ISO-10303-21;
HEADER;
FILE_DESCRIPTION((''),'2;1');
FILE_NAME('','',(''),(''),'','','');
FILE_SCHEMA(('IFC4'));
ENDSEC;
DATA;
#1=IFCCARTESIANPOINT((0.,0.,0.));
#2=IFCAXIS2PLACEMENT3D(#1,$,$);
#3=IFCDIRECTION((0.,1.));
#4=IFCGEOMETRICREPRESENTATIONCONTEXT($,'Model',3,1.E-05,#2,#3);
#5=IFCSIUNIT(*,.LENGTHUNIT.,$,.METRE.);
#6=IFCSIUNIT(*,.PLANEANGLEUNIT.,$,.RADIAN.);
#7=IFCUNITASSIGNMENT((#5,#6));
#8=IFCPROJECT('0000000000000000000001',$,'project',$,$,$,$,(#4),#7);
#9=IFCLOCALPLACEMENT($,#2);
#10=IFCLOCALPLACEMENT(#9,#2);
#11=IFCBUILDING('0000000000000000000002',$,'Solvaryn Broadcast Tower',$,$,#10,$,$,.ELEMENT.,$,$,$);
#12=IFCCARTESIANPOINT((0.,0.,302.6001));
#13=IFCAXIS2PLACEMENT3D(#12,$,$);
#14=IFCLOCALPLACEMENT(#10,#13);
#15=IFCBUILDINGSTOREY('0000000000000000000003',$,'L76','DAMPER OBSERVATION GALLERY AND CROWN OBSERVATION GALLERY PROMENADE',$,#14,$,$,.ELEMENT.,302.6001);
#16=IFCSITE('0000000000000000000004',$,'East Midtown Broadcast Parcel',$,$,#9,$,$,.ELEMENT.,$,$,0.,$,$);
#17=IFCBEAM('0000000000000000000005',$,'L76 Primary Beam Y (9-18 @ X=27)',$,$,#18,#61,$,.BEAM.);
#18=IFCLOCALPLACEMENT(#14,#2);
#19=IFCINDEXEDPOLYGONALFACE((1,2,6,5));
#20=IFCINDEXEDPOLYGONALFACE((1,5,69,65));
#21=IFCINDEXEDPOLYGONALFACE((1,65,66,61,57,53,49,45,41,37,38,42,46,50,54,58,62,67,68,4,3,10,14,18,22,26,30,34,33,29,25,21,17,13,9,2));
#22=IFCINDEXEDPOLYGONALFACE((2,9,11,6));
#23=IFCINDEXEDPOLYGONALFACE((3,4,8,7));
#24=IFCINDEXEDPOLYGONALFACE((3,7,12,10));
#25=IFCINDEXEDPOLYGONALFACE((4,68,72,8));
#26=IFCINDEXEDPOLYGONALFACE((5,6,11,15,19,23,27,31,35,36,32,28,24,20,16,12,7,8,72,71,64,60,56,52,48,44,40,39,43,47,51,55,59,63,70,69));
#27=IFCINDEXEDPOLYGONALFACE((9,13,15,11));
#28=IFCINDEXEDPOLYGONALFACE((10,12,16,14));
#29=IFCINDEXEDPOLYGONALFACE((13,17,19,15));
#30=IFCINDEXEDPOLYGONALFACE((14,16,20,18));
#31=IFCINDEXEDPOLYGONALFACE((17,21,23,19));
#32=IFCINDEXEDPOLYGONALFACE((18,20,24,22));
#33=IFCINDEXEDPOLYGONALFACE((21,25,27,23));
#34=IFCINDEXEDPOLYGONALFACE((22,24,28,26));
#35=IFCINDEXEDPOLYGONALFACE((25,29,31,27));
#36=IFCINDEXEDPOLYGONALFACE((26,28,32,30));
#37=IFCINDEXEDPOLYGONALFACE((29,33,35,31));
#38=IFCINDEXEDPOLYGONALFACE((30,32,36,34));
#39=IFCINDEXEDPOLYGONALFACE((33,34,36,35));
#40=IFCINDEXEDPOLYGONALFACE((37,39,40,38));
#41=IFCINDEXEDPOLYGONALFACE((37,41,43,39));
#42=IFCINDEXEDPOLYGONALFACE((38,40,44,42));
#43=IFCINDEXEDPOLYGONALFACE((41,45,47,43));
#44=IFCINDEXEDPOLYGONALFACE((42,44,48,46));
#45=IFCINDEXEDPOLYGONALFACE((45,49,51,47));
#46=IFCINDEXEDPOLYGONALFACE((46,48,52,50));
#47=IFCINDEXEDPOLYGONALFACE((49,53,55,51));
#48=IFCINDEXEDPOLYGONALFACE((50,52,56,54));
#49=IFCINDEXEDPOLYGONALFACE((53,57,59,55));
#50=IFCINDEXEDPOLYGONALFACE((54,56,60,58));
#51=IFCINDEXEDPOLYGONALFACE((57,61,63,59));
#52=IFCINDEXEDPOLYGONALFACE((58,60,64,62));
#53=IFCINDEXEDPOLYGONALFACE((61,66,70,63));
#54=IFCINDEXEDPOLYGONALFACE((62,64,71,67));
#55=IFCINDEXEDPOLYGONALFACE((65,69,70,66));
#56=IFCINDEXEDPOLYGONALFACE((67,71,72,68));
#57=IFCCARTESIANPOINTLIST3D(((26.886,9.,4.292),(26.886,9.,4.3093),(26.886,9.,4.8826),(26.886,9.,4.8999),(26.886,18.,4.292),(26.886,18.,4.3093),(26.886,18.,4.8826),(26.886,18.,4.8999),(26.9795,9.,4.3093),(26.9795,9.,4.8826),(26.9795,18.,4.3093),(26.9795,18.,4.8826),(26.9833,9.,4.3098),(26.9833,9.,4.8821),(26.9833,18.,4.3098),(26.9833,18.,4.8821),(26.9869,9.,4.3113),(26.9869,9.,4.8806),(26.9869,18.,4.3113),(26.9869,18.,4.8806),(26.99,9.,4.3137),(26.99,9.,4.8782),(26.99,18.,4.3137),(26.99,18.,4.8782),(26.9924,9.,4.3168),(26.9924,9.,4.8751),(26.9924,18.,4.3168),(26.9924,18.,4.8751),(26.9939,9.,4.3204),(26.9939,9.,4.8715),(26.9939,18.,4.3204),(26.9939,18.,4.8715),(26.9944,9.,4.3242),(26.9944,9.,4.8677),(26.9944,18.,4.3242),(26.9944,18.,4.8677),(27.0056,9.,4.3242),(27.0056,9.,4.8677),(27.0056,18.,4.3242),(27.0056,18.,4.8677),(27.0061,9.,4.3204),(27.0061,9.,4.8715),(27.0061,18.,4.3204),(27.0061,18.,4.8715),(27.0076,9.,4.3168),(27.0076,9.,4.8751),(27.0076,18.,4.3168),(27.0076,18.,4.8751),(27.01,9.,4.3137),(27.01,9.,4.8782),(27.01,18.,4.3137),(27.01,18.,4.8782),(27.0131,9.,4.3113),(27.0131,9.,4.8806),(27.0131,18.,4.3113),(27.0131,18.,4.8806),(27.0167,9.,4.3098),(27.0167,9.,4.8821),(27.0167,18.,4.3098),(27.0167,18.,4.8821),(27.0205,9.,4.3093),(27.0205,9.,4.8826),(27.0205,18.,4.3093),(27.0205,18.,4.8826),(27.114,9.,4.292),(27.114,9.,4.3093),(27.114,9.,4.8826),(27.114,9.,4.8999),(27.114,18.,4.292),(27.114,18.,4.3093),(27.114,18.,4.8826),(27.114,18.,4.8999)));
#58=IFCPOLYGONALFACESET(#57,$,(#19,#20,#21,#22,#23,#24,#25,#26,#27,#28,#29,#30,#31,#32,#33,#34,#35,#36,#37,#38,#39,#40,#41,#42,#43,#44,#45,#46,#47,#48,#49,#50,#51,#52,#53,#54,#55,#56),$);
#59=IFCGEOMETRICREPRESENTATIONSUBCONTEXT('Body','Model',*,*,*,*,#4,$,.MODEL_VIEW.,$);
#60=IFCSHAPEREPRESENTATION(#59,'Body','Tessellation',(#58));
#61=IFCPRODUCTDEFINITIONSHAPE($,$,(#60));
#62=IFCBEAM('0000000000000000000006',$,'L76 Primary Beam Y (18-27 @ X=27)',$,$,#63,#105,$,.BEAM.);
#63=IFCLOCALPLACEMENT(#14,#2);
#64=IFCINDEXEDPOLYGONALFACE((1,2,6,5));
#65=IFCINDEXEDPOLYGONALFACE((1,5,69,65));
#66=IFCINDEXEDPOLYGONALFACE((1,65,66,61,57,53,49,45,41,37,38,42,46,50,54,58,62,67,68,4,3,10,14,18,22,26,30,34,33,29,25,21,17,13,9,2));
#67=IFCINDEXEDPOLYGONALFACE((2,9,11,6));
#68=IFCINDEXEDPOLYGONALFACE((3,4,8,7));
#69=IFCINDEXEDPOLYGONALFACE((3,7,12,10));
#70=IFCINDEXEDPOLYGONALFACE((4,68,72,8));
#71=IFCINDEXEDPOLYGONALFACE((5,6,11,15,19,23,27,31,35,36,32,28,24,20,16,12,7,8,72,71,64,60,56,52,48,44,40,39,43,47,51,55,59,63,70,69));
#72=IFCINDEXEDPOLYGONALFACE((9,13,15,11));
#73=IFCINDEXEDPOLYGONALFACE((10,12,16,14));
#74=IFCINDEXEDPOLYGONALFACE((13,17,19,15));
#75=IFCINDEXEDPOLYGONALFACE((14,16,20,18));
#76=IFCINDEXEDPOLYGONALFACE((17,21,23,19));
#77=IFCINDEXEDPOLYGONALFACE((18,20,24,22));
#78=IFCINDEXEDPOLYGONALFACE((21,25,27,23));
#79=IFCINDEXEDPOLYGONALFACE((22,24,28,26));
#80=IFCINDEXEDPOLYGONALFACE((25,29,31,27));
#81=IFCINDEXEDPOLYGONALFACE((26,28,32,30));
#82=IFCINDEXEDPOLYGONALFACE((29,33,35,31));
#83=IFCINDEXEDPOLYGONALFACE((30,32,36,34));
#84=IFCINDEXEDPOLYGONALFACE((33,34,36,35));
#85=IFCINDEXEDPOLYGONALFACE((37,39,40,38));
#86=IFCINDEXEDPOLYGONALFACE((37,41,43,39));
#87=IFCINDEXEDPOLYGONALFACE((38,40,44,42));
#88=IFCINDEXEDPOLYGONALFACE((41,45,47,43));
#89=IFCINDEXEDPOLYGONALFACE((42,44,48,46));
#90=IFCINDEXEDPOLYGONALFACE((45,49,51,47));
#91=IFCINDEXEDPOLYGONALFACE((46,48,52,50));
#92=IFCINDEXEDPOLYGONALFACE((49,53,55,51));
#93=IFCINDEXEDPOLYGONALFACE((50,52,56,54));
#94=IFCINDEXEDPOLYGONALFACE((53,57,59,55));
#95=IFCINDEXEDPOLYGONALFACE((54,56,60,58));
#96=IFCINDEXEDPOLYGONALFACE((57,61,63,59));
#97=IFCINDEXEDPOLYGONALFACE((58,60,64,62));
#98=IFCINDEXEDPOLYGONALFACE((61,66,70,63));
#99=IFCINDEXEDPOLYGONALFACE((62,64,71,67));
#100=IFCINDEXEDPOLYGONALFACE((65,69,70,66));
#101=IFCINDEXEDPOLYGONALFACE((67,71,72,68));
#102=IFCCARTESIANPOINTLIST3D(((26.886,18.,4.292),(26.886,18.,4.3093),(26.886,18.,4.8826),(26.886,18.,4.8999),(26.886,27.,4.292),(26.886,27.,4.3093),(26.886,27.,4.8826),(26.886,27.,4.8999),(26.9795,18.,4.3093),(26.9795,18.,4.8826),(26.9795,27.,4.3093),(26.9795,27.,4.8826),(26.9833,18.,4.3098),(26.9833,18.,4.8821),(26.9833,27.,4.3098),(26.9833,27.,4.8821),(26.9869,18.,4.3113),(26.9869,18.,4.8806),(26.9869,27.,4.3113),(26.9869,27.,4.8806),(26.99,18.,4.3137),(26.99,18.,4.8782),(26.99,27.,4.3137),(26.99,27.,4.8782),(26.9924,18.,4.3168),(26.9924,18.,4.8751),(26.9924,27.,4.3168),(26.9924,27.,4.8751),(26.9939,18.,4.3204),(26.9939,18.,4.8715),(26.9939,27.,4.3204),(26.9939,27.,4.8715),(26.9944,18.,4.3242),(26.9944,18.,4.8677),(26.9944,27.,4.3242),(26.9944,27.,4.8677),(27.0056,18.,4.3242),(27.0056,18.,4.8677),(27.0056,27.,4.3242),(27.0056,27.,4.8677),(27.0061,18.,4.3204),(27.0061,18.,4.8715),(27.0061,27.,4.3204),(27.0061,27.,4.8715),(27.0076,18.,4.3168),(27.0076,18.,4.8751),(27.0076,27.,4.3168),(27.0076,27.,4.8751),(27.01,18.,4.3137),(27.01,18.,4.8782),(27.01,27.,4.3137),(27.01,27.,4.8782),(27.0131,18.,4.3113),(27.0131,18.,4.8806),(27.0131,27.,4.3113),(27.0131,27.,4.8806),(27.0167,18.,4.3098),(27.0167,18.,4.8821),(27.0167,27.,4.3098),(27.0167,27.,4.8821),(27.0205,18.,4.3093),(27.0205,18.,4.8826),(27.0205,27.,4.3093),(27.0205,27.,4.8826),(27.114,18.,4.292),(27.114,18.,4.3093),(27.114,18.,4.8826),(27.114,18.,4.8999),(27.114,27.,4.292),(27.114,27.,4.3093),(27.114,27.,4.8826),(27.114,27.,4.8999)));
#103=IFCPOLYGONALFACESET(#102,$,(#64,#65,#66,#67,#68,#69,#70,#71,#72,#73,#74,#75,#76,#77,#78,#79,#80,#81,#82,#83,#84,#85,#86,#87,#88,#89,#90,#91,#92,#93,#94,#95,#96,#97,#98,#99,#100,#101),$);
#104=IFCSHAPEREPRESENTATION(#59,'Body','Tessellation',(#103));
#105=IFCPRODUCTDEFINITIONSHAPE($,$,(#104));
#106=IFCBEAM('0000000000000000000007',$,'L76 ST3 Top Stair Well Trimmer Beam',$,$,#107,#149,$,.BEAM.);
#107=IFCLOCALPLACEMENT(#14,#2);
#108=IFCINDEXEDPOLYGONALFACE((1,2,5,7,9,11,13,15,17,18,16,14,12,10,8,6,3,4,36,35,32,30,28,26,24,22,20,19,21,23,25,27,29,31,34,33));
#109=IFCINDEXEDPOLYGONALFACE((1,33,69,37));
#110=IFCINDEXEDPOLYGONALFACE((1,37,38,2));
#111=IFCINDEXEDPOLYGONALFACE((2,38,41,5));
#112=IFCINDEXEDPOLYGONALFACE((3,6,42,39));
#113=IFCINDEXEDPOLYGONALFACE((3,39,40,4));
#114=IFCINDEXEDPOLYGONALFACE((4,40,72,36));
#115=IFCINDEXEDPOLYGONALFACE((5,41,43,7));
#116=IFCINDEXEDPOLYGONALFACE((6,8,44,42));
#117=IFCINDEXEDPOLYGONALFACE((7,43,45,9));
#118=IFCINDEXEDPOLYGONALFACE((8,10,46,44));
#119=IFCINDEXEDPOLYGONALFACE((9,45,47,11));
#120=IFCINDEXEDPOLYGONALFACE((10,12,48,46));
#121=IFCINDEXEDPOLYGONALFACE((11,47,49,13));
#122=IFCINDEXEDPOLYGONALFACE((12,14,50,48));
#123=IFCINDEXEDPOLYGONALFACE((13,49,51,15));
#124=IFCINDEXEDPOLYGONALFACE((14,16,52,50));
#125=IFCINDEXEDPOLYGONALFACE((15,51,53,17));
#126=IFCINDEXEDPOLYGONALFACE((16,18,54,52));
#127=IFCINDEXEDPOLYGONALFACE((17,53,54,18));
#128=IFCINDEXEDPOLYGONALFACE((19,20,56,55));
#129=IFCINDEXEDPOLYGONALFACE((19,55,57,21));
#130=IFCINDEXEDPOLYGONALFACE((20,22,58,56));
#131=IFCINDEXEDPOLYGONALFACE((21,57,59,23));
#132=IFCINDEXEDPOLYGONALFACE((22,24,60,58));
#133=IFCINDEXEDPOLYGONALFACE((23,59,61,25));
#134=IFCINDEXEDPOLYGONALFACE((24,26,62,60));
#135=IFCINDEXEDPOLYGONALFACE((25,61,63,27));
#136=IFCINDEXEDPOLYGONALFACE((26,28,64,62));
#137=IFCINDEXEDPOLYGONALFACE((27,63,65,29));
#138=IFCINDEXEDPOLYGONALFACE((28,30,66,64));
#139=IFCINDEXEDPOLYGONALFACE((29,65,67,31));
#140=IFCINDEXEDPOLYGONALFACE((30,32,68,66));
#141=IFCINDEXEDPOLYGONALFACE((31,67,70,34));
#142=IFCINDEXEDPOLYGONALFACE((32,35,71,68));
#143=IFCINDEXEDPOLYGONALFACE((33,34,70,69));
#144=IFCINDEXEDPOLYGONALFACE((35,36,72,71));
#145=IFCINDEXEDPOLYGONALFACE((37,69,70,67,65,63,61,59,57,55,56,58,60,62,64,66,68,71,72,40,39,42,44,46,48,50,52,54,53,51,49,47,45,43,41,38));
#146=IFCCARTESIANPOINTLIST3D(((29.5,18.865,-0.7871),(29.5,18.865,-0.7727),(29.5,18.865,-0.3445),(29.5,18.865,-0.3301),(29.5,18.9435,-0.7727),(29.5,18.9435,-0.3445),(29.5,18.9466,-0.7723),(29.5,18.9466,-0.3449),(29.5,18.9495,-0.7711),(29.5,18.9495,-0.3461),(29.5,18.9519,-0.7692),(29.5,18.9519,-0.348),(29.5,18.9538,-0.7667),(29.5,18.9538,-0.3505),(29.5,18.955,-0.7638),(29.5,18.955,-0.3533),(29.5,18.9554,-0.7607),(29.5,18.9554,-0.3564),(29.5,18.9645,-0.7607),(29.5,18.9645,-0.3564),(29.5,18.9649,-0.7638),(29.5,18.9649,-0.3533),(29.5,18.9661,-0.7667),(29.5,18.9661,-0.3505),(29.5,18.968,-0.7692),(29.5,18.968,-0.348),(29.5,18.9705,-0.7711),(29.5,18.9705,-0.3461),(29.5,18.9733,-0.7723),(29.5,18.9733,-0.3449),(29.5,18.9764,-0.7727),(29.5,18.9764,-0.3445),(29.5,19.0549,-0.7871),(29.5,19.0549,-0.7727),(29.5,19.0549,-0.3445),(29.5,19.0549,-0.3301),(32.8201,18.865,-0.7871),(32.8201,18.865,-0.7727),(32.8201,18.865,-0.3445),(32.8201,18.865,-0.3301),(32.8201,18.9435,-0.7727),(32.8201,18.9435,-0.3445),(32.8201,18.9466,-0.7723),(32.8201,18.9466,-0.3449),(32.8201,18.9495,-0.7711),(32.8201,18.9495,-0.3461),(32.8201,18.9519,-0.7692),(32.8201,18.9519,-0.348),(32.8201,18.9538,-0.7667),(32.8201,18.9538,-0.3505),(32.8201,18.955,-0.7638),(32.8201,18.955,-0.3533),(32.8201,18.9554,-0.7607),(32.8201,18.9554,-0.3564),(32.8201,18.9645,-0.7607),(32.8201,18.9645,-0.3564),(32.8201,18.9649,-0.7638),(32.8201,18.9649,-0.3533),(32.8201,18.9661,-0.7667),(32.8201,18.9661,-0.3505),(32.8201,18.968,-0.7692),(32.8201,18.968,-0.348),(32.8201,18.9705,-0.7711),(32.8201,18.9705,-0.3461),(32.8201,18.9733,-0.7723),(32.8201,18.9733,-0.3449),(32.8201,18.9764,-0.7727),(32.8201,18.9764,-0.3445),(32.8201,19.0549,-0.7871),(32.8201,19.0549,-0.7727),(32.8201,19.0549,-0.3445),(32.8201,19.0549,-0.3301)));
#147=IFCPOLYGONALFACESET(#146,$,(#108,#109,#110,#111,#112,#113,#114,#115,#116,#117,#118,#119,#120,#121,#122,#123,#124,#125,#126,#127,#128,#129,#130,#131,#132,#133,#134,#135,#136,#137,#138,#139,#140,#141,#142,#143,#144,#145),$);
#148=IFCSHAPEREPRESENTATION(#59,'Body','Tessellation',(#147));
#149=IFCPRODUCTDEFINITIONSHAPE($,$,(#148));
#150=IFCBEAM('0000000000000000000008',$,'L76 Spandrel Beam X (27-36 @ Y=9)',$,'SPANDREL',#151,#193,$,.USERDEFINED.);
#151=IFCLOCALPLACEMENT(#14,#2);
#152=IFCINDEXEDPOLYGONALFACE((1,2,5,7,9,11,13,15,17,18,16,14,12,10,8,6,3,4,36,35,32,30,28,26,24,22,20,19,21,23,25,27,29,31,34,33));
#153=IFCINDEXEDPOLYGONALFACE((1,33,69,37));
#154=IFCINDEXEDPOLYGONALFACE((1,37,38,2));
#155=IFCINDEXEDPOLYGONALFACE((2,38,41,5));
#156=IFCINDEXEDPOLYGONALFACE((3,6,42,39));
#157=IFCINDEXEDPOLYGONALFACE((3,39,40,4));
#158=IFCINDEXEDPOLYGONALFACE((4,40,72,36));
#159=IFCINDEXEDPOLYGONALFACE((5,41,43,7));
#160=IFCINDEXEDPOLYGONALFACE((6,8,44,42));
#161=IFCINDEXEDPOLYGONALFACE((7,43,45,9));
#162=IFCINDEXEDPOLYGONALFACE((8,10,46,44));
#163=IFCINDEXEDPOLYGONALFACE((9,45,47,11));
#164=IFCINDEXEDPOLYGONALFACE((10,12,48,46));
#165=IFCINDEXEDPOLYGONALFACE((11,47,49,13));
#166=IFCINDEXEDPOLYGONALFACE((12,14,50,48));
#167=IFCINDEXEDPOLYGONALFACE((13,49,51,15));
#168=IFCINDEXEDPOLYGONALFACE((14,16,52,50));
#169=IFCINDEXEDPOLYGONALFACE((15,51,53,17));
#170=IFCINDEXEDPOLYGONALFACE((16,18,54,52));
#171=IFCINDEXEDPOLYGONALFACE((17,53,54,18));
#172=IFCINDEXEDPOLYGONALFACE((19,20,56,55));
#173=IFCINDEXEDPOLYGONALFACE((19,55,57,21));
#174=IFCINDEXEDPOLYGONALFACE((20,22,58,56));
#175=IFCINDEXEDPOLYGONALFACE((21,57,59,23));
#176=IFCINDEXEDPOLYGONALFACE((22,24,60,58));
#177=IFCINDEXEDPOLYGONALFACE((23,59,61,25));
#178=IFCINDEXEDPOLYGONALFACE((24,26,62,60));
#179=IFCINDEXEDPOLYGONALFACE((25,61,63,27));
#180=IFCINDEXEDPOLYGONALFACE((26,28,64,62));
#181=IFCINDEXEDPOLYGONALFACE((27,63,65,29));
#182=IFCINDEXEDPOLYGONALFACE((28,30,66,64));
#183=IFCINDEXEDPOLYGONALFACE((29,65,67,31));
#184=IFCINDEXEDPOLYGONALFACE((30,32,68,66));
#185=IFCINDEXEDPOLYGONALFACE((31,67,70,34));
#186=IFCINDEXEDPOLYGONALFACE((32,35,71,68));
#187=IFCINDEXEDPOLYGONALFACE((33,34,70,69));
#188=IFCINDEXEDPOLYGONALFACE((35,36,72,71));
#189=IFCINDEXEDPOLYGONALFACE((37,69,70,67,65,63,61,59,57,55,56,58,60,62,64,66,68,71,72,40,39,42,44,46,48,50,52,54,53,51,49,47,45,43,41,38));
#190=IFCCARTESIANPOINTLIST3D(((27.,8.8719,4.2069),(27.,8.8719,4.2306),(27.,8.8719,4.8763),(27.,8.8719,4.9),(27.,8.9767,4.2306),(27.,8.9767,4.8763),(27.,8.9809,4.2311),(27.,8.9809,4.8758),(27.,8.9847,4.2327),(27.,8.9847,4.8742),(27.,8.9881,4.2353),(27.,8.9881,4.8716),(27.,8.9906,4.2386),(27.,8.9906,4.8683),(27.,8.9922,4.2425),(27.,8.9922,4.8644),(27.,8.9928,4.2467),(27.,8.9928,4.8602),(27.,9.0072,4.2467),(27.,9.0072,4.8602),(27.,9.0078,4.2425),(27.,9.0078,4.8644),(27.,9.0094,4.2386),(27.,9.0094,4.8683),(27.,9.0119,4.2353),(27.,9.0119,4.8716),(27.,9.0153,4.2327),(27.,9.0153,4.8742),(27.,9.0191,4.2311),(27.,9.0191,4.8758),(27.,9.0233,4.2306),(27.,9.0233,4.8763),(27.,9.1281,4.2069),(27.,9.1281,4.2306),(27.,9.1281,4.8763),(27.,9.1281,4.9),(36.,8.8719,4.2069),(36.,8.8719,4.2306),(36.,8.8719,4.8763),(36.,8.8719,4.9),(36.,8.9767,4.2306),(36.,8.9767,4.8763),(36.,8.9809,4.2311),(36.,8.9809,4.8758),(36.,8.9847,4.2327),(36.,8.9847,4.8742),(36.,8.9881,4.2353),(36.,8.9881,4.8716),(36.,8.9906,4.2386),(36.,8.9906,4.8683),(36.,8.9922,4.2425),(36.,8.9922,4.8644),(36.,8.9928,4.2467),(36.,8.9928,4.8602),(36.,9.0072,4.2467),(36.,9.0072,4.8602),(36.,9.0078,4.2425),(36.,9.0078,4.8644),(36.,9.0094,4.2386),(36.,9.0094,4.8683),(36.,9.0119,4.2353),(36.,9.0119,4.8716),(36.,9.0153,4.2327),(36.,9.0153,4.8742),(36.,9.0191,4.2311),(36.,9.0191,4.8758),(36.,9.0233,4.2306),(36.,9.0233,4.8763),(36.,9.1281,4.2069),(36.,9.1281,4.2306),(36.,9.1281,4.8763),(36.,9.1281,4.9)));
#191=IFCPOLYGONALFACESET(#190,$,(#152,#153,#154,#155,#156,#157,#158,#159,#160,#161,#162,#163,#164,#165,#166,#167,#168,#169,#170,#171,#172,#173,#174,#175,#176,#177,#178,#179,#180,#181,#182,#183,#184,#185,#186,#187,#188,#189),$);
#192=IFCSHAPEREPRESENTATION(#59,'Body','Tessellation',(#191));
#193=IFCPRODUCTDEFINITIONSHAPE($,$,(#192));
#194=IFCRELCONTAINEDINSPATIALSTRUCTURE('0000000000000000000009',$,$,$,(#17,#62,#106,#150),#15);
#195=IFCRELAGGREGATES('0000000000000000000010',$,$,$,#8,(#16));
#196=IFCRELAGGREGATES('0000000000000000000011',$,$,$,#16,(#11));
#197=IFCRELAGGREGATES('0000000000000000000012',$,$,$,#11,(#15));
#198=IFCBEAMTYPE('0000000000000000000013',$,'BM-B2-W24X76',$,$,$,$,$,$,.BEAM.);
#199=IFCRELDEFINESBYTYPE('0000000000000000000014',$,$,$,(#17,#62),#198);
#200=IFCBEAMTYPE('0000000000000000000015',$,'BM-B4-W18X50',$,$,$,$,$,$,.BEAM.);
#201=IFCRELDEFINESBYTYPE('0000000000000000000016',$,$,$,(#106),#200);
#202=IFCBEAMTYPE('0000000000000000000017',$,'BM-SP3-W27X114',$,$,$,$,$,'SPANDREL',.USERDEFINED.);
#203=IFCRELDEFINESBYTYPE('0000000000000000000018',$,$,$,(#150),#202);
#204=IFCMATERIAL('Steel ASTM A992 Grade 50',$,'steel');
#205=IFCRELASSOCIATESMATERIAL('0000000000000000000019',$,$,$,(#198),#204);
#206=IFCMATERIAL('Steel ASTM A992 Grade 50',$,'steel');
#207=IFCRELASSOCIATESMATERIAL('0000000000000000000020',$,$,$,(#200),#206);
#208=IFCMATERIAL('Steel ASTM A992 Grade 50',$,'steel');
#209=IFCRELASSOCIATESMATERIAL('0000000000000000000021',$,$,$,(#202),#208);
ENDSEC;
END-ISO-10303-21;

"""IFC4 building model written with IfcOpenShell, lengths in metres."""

from ifc_helpers import new_model, si_unit, direction, frame, origin, origin_2d, place, context, subcontext, project, spatial, i_section, extrude, material, material_profile, profile_set, type_object, element, save


model = new_model("IFC4")

# Units and contexts
model_context = context("Model", 3, precision=1e-05, world=origin(), true_north=direction((0.0, 1.0)))
body_context = subcontext(model_context, "Body", "Model", "MODEL_VIEW")
ifc_project = project(units=[si_unit("LENGTHUNIT", "METRE"), si_unit("PLANEANGLEUNIT", "RADIAN")], contexts=[model_context])

# Site, building, storey
site_placement = place(None, origin())
site = spatial("IfcSite", under=ifc_project, at=site_placement, Name="East Midtown Broadcast Parcel", CompositionType="ELEMENT", RefElevation=0.0)
building_placement = place(site_placement, origin())
building = spatial("IfcBuilding", under=site, at=building_placement, Name="Solvaryn Broadcast Tower", CompositionType="ELEMENT")
storey_placement = place(building_placement, frame((0.0, 0.0, 302.6001)))
storey = spatial("IfcBuildingStorey", under=building, at=storey_placement, Name="L76", Description="DAMPER OBSERVATION GALLERY AND CROWN OBSERVATION GALLERY PROMENADE", CompositionType="ELEMENT", Elevation=302.6001)

# Beams
ifc_material_1 = material(Name="Steel ASTM A992 Grade 50", Category="steel")
ifc_material_profile_1 = material_profile(ifc_material_1, i_section(OverallWidth=0.228, OverallDepth=0.6079, WebThickness=0.0112, FlangeThickness=0.0173, FilletRadius=0.0149, at=origin_2d()))
ifc_profile_set_1 = profile_set([ifc_material_profile_1], Name="Steel ASTM A992 Grade 50")
beam_type_1 = type_object("IfcBeamType", Name="BM-B2-W24X76", PredefinedType="BEAM", material=ifc_profile_set_1)
for number, where, z_axis, x_axis, name in (
    (1, (27.0, 9.0, 4.5959), (0.0, 1.0, 0.0), (-1.0, 0.0, 0.0), "L76 Primary Beam Y (9-18 @ X=27)"),
    (2, (27.0, 18.0, 4.5959), (0.0, 1.0, 0.0), (-1.0, 0.0, 0.0), "L76 Primary Beam Y (18-27 @ X=27)"),
):
    element("IfcBeam", number, at=place(storey_placement, frame(where, z_axis=z_axis, x_axis=x_axis)), inside=storey, type_object=beam_type_1, Name=name, PredefinedType="BEAM", context=body_context, shape_type="SweptSolid", body=[
        extrude(i_section(OverallWidth=0.228, OverallDepth=0.6079, WebThickness=0.0112, FlangeThickness=0.0173, FilletRadius=0.0149, at=origin_2d()), origin(), (0.0, 0.0, 1.0), 9.0),
    ])
ifc_material_2 = material(Name="Steel ASTM A992 Grade 50", Category="steel")
ifc_material_profile_2 = material_profile(ifc_material_2, i_section(OverallWidth=0.1899, OverallDepth=0.457, WebThickness=0.009, FlangeThickness=0.0144, FilletRadius=0.012, at=origin_2d()))
ifc_profile_set_2 = profile_set([ifc_material_profile_2], Name="Steel ASTM A992 Grade 50")
beam_type_2 = type_object("IfcBeamType", Name="BM-B4-W18X50", PredefinedType="BEAM", material=ifc_profile_set_2)
beam_1_placement = place(storey_placement, frame((29.5, 18.96, -0.5586), z_axis=(1.0, 0.0, 0.0), x_axis=(0.0, 1.0, 0.0)))
element("IfcBeam", 3, at=beam_1_placement, inside=storey, type_object=beam_type_2, Name="L76 ST3 Top Stair Well Trimmer Beam", PredefinedType="BEAM", context=body_context, shape_type="SweptSolid", body=[
    extrude(i_section(OverallWidth=0.1899, OverallDepth=0.457, WebThickness=0.009, FlangeThickness=0.0144, FilletRadius=0.012, at=origin_2d()), origin(), (0.0, 0.0, 1.0), 3.3201),
])
ifc_material_3 = material(Name="Steel ASTM A992 Grade 50", Category="steel")
ifc_material_profile_3 = material_profile(ifc_material_3, i_section(OverallWidth=0.2561, OverallDepth=0.6931, WebThickness=0.0144, FlangeThickness=0.0237, FilletRadius=0.0161, at=origin_2d()))
ifc_profile_set_3 = profile_set([ifc_material_profile_3], Name="Steel ASTM A992 Grade 50")
beam_type_3 = type_object("IfcBeamType", Name="BM-SP3-W27X114", ElementType="SPANDREL", PredefinedType="USERDEFINED", material=ifc_profile_set_3)
beam_2_placement = place(storey_placement, frame((27.0, 9.0, 4.5535), z_axis=(1.0, 0.0, 0.0), x_axis=(0.0, 1.0, 0.0)))
element("IfcBeam", 4, at=beam_2_placement, inside=storey, type_object=beam_type_3, Name="L76 Spandrel Beam X (27-36 @ Y=9)", ObjectType="SPANDREL", PredefinedType="USERDEFINED", context=body_context, shape_type="SweptSolid", body=[
    extrude(i_section(OverallWidth=0.2561, OverallDepth=0.6931, WebThickness=0.0144, FlangeThickness=0.0237, FilletRadius=0.0161, at=origin_2d()), origin(), (0.0, 0.0, 1.0), 9.0),
])

save(model, "model.ifc")
